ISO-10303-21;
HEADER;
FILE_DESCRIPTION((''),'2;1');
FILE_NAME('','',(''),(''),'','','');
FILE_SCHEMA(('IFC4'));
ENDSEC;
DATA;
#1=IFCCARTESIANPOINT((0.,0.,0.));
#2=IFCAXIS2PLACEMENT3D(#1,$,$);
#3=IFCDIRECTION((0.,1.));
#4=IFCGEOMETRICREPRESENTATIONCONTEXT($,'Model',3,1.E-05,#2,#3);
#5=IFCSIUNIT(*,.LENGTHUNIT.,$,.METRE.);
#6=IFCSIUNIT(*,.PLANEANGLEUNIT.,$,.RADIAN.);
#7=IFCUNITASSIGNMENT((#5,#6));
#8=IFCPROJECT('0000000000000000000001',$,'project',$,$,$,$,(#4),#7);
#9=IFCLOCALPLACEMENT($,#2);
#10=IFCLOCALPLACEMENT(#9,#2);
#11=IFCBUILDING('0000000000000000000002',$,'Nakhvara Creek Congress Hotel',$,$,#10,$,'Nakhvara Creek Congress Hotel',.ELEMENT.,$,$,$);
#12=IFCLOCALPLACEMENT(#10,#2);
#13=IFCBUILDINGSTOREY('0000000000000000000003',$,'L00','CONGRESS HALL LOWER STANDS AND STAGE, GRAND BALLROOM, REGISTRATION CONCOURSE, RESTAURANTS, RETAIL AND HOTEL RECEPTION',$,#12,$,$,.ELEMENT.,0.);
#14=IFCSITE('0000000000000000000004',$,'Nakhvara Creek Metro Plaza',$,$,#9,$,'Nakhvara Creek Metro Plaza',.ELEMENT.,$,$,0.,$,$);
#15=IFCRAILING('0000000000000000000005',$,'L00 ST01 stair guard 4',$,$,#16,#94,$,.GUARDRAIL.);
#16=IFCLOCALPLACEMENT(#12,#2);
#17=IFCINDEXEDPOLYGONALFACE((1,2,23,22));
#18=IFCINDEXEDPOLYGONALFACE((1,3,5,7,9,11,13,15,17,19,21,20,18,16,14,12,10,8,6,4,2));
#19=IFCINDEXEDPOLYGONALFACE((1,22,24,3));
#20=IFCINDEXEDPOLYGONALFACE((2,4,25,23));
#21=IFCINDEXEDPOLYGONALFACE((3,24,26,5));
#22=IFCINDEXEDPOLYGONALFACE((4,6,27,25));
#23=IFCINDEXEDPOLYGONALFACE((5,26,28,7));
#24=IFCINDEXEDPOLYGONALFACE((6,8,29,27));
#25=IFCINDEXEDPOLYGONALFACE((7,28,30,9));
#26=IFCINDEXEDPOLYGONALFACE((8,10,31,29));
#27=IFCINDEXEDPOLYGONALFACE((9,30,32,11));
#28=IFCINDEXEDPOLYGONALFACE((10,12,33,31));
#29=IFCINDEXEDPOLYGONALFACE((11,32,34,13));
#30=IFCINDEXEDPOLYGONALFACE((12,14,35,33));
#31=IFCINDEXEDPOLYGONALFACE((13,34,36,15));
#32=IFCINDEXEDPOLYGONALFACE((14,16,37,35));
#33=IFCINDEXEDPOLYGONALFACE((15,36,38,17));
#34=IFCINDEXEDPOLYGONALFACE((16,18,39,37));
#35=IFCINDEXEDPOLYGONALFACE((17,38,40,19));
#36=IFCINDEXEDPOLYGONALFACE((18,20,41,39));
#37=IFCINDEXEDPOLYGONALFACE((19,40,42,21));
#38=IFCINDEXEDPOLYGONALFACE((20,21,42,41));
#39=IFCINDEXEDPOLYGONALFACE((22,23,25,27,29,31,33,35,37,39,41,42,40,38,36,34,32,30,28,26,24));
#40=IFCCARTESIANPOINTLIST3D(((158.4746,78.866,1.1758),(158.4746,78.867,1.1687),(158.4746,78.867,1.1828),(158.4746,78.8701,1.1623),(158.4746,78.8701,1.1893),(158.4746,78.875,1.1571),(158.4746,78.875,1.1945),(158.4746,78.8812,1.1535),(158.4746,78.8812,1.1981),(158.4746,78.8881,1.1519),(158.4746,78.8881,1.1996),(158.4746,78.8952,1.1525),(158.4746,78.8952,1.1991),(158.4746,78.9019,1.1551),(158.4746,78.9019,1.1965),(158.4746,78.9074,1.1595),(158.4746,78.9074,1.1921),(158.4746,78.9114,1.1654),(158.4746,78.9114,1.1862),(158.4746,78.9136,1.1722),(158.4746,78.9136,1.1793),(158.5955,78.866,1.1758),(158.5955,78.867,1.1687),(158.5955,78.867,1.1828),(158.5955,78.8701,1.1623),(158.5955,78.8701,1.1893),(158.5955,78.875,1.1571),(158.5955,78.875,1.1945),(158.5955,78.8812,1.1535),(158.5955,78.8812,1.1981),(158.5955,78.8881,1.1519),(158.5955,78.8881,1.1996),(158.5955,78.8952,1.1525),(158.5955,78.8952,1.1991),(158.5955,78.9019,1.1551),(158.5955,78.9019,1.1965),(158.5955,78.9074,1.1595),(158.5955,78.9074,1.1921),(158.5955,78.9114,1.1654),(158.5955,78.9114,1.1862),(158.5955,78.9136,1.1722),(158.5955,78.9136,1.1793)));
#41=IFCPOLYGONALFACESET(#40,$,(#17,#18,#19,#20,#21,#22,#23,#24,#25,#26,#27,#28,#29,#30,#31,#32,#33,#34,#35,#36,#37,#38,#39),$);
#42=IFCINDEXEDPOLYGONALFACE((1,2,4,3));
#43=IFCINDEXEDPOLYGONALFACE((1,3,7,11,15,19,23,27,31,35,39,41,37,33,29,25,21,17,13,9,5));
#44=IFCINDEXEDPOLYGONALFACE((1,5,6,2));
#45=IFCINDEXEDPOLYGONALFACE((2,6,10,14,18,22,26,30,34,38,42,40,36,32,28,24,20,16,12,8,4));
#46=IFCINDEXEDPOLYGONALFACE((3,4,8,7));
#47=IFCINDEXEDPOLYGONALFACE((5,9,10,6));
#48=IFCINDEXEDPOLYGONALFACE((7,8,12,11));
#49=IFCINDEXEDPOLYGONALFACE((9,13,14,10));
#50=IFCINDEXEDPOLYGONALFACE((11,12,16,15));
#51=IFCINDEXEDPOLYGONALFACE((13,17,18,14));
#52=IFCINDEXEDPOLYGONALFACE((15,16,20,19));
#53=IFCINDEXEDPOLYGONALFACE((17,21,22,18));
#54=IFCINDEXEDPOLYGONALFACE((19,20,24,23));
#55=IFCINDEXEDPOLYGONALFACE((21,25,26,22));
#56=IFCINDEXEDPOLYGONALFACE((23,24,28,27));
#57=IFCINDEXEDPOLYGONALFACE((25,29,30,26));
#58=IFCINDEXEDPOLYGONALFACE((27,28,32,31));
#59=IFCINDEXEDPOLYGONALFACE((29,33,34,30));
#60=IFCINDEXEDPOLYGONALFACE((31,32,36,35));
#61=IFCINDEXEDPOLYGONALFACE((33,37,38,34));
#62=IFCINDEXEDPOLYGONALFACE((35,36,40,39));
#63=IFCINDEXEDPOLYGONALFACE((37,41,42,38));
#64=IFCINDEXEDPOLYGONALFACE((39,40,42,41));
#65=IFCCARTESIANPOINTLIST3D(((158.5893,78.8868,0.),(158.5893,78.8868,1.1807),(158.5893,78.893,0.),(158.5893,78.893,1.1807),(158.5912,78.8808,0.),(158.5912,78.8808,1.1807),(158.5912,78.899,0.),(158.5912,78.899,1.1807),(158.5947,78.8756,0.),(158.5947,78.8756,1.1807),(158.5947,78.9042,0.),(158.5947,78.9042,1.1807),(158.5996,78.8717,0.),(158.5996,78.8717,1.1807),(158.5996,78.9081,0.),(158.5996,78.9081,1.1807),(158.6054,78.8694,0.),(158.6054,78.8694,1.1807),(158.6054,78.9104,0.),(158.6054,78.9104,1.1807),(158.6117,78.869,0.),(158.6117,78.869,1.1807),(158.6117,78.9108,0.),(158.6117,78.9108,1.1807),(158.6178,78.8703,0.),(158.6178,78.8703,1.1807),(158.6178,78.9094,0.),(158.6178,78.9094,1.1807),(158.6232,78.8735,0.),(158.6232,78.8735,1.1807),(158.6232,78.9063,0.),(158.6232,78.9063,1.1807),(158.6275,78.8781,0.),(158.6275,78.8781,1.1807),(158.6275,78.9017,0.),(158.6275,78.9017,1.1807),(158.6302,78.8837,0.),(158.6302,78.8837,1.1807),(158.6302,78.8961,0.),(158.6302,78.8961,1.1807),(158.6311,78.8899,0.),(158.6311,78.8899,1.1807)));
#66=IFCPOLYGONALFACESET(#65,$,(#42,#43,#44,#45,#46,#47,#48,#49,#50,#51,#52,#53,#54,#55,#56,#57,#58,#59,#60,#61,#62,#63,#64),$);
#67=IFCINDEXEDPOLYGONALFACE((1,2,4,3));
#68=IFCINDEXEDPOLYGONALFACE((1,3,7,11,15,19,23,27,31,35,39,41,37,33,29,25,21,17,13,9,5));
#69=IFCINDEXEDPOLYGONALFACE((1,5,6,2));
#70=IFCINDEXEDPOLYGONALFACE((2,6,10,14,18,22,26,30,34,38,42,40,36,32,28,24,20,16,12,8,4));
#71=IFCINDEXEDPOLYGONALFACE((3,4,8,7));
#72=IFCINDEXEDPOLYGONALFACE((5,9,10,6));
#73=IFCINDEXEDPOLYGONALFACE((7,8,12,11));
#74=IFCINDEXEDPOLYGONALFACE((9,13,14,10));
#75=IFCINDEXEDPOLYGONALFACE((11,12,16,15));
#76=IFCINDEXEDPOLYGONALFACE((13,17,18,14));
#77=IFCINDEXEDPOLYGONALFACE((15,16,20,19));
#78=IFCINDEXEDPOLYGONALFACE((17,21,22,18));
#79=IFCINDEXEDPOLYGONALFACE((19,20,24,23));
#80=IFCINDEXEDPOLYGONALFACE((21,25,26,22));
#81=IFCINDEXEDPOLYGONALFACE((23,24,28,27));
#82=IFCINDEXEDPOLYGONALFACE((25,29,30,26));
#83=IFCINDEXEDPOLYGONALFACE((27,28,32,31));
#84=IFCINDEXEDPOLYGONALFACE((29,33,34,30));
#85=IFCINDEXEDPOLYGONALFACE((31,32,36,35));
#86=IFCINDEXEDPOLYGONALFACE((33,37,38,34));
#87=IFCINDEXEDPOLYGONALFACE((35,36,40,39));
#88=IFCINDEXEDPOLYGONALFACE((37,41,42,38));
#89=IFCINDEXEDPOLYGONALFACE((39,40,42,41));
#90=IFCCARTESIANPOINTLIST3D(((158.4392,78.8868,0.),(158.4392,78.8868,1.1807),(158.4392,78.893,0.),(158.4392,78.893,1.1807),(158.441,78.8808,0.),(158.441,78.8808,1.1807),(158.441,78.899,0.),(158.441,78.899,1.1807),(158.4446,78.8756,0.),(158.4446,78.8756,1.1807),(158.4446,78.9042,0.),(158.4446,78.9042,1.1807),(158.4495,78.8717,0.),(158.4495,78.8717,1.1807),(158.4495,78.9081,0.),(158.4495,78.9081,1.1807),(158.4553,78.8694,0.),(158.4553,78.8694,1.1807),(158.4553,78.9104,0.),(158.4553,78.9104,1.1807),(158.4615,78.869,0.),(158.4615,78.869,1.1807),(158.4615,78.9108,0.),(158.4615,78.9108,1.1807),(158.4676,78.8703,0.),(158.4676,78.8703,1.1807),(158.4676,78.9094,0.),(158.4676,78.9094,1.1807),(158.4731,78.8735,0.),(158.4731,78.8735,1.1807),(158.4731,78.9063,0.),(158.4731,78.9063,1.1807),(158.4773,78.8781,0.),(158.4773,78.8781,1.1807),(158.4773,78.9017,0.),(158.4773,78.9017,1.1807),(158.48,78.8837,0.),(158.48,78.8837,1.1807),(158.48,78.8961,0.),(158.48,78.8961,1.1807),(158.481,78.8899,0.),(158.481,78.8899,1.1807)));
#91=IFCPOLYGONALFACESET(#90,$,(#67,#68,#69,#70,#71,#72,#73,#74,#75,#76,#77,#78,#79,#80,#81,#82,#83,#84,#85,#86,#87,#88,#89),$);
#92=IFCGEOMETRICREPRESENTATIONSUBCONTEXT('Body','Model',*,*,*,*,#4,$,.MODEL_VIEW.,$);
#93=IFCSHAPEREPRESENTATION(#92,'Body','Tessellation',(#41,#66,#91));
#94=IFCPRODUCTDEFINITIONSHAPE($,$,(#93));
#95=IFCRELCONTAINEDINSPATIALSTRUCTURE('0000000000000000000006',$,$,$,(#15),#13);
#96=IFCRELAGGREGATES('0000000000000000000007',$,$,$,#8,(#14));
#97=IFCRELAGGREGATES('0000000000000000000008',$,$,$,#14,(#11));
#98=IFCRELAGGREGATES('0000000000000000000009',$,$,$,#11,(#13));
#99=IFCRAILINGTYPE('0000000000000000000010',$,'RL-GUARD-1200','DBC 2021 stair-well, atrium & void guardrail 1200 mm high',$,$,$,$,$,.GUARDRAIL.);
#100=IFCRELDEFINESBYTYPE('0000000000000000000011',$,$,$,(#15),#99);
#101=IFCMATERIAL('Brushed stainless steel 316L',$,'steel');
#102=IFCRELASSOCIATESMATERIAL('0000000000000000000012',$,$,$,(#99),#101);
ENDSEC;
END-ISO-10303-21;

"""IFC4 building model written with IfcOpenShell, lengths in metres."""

from ifc_helpers import new_model, si_unit, direction, frame, origin, origin_2d, place, context, subcontext, project, spatial, circle, extrude, material, type_object, element, save


model = new_model("IFC4")

# Units and contexts
model_context = context("Model", 3, precision=1e-05, world=origin(), true_north=direction((0.0, 1.0)))
body_context = subcontext(model_context, "Body", "Model", "MODEL_VIEW")
ifc_project = project(units=[si_unit("LENGTHUNIT", "METRE"), si_unit("PLANEANGLEUNIT", "RADIAN")], contexts=[model_context])

# Site, building, storey
site_placement = place(None, origin())
site = spatial("IfcSite", under=ifc_project, at=site_placement, Name="Nakhvara Creek Metro Plaza", LongName="Nakhvara Creek Metro Plaza", CompositionType="ELEMENT", RefElevation=0.0)
building_placement = place(site_placement, origin())
building = spatial("IfcBuilding", under=site, at=building_placement, Name="Nakhvara Creek Congress Hotel", LongName="Nakhvara Creek Congress Hotel", CompositionType="ELEMENT")
storey_placement = place(building_placement, origin())
storey = spatial("IfcBuildingStorey", under=building, at=storey_placement, Name="L00", Description="CONGRESS HALL LOWER STANDS AND STAGE, GRAND BALLROOM, REGISTRATION CONCOURSE, RESTAURANTS, RETAIL AND HOTEL RECEPTION", CompositionType="ELEMENT", Elevation=0.0)

# Railing
ifc_material_1 = material(Name="Brushed stainless steel 316L", Category="steel")
railing_type_1 = type_object("IfcRailingType", Name="RL-GUARD-1200", Description="DBC 2021 stair-well, atrium & void guardrail 1200 mm high", PredefinedType="GUARDRAIL", material=ifc_material_1)
railing_1_placement = place(storey_placement, frame((158.6101, 78.8899, 0.0)))
element("IfcRailing", 1, at=railing_1_placement, inside=storey, type_object=railing_type_1, Name="L00 ST01 stair guard 4", PredefinedType="GUARDRAIL", context=body_context, shape_type="SweptSolid", body=[
    extrude(circle(Radius=0.0239, at=origin_2d()), frame((-0.0146, 0.0, 1.1758), z_axis=(-1.0, 0.0, 0.0), x_axis=(0.0, -1.0, 0.0)), (0.0, 0.0, 1.0), 0.1208),
    extrude(circle(Radius=0.021, at=origin_2d()), origin(), (0.0, 0.0, 1.0), 1.1807),
    extrude(circle(Radius=0.021, at=origin_2d()), frame((-0.1501, 0.0, 0.0)), (0.0, 0.0, 1.0), 1.1807),
])

save(model, "model.ifc")
